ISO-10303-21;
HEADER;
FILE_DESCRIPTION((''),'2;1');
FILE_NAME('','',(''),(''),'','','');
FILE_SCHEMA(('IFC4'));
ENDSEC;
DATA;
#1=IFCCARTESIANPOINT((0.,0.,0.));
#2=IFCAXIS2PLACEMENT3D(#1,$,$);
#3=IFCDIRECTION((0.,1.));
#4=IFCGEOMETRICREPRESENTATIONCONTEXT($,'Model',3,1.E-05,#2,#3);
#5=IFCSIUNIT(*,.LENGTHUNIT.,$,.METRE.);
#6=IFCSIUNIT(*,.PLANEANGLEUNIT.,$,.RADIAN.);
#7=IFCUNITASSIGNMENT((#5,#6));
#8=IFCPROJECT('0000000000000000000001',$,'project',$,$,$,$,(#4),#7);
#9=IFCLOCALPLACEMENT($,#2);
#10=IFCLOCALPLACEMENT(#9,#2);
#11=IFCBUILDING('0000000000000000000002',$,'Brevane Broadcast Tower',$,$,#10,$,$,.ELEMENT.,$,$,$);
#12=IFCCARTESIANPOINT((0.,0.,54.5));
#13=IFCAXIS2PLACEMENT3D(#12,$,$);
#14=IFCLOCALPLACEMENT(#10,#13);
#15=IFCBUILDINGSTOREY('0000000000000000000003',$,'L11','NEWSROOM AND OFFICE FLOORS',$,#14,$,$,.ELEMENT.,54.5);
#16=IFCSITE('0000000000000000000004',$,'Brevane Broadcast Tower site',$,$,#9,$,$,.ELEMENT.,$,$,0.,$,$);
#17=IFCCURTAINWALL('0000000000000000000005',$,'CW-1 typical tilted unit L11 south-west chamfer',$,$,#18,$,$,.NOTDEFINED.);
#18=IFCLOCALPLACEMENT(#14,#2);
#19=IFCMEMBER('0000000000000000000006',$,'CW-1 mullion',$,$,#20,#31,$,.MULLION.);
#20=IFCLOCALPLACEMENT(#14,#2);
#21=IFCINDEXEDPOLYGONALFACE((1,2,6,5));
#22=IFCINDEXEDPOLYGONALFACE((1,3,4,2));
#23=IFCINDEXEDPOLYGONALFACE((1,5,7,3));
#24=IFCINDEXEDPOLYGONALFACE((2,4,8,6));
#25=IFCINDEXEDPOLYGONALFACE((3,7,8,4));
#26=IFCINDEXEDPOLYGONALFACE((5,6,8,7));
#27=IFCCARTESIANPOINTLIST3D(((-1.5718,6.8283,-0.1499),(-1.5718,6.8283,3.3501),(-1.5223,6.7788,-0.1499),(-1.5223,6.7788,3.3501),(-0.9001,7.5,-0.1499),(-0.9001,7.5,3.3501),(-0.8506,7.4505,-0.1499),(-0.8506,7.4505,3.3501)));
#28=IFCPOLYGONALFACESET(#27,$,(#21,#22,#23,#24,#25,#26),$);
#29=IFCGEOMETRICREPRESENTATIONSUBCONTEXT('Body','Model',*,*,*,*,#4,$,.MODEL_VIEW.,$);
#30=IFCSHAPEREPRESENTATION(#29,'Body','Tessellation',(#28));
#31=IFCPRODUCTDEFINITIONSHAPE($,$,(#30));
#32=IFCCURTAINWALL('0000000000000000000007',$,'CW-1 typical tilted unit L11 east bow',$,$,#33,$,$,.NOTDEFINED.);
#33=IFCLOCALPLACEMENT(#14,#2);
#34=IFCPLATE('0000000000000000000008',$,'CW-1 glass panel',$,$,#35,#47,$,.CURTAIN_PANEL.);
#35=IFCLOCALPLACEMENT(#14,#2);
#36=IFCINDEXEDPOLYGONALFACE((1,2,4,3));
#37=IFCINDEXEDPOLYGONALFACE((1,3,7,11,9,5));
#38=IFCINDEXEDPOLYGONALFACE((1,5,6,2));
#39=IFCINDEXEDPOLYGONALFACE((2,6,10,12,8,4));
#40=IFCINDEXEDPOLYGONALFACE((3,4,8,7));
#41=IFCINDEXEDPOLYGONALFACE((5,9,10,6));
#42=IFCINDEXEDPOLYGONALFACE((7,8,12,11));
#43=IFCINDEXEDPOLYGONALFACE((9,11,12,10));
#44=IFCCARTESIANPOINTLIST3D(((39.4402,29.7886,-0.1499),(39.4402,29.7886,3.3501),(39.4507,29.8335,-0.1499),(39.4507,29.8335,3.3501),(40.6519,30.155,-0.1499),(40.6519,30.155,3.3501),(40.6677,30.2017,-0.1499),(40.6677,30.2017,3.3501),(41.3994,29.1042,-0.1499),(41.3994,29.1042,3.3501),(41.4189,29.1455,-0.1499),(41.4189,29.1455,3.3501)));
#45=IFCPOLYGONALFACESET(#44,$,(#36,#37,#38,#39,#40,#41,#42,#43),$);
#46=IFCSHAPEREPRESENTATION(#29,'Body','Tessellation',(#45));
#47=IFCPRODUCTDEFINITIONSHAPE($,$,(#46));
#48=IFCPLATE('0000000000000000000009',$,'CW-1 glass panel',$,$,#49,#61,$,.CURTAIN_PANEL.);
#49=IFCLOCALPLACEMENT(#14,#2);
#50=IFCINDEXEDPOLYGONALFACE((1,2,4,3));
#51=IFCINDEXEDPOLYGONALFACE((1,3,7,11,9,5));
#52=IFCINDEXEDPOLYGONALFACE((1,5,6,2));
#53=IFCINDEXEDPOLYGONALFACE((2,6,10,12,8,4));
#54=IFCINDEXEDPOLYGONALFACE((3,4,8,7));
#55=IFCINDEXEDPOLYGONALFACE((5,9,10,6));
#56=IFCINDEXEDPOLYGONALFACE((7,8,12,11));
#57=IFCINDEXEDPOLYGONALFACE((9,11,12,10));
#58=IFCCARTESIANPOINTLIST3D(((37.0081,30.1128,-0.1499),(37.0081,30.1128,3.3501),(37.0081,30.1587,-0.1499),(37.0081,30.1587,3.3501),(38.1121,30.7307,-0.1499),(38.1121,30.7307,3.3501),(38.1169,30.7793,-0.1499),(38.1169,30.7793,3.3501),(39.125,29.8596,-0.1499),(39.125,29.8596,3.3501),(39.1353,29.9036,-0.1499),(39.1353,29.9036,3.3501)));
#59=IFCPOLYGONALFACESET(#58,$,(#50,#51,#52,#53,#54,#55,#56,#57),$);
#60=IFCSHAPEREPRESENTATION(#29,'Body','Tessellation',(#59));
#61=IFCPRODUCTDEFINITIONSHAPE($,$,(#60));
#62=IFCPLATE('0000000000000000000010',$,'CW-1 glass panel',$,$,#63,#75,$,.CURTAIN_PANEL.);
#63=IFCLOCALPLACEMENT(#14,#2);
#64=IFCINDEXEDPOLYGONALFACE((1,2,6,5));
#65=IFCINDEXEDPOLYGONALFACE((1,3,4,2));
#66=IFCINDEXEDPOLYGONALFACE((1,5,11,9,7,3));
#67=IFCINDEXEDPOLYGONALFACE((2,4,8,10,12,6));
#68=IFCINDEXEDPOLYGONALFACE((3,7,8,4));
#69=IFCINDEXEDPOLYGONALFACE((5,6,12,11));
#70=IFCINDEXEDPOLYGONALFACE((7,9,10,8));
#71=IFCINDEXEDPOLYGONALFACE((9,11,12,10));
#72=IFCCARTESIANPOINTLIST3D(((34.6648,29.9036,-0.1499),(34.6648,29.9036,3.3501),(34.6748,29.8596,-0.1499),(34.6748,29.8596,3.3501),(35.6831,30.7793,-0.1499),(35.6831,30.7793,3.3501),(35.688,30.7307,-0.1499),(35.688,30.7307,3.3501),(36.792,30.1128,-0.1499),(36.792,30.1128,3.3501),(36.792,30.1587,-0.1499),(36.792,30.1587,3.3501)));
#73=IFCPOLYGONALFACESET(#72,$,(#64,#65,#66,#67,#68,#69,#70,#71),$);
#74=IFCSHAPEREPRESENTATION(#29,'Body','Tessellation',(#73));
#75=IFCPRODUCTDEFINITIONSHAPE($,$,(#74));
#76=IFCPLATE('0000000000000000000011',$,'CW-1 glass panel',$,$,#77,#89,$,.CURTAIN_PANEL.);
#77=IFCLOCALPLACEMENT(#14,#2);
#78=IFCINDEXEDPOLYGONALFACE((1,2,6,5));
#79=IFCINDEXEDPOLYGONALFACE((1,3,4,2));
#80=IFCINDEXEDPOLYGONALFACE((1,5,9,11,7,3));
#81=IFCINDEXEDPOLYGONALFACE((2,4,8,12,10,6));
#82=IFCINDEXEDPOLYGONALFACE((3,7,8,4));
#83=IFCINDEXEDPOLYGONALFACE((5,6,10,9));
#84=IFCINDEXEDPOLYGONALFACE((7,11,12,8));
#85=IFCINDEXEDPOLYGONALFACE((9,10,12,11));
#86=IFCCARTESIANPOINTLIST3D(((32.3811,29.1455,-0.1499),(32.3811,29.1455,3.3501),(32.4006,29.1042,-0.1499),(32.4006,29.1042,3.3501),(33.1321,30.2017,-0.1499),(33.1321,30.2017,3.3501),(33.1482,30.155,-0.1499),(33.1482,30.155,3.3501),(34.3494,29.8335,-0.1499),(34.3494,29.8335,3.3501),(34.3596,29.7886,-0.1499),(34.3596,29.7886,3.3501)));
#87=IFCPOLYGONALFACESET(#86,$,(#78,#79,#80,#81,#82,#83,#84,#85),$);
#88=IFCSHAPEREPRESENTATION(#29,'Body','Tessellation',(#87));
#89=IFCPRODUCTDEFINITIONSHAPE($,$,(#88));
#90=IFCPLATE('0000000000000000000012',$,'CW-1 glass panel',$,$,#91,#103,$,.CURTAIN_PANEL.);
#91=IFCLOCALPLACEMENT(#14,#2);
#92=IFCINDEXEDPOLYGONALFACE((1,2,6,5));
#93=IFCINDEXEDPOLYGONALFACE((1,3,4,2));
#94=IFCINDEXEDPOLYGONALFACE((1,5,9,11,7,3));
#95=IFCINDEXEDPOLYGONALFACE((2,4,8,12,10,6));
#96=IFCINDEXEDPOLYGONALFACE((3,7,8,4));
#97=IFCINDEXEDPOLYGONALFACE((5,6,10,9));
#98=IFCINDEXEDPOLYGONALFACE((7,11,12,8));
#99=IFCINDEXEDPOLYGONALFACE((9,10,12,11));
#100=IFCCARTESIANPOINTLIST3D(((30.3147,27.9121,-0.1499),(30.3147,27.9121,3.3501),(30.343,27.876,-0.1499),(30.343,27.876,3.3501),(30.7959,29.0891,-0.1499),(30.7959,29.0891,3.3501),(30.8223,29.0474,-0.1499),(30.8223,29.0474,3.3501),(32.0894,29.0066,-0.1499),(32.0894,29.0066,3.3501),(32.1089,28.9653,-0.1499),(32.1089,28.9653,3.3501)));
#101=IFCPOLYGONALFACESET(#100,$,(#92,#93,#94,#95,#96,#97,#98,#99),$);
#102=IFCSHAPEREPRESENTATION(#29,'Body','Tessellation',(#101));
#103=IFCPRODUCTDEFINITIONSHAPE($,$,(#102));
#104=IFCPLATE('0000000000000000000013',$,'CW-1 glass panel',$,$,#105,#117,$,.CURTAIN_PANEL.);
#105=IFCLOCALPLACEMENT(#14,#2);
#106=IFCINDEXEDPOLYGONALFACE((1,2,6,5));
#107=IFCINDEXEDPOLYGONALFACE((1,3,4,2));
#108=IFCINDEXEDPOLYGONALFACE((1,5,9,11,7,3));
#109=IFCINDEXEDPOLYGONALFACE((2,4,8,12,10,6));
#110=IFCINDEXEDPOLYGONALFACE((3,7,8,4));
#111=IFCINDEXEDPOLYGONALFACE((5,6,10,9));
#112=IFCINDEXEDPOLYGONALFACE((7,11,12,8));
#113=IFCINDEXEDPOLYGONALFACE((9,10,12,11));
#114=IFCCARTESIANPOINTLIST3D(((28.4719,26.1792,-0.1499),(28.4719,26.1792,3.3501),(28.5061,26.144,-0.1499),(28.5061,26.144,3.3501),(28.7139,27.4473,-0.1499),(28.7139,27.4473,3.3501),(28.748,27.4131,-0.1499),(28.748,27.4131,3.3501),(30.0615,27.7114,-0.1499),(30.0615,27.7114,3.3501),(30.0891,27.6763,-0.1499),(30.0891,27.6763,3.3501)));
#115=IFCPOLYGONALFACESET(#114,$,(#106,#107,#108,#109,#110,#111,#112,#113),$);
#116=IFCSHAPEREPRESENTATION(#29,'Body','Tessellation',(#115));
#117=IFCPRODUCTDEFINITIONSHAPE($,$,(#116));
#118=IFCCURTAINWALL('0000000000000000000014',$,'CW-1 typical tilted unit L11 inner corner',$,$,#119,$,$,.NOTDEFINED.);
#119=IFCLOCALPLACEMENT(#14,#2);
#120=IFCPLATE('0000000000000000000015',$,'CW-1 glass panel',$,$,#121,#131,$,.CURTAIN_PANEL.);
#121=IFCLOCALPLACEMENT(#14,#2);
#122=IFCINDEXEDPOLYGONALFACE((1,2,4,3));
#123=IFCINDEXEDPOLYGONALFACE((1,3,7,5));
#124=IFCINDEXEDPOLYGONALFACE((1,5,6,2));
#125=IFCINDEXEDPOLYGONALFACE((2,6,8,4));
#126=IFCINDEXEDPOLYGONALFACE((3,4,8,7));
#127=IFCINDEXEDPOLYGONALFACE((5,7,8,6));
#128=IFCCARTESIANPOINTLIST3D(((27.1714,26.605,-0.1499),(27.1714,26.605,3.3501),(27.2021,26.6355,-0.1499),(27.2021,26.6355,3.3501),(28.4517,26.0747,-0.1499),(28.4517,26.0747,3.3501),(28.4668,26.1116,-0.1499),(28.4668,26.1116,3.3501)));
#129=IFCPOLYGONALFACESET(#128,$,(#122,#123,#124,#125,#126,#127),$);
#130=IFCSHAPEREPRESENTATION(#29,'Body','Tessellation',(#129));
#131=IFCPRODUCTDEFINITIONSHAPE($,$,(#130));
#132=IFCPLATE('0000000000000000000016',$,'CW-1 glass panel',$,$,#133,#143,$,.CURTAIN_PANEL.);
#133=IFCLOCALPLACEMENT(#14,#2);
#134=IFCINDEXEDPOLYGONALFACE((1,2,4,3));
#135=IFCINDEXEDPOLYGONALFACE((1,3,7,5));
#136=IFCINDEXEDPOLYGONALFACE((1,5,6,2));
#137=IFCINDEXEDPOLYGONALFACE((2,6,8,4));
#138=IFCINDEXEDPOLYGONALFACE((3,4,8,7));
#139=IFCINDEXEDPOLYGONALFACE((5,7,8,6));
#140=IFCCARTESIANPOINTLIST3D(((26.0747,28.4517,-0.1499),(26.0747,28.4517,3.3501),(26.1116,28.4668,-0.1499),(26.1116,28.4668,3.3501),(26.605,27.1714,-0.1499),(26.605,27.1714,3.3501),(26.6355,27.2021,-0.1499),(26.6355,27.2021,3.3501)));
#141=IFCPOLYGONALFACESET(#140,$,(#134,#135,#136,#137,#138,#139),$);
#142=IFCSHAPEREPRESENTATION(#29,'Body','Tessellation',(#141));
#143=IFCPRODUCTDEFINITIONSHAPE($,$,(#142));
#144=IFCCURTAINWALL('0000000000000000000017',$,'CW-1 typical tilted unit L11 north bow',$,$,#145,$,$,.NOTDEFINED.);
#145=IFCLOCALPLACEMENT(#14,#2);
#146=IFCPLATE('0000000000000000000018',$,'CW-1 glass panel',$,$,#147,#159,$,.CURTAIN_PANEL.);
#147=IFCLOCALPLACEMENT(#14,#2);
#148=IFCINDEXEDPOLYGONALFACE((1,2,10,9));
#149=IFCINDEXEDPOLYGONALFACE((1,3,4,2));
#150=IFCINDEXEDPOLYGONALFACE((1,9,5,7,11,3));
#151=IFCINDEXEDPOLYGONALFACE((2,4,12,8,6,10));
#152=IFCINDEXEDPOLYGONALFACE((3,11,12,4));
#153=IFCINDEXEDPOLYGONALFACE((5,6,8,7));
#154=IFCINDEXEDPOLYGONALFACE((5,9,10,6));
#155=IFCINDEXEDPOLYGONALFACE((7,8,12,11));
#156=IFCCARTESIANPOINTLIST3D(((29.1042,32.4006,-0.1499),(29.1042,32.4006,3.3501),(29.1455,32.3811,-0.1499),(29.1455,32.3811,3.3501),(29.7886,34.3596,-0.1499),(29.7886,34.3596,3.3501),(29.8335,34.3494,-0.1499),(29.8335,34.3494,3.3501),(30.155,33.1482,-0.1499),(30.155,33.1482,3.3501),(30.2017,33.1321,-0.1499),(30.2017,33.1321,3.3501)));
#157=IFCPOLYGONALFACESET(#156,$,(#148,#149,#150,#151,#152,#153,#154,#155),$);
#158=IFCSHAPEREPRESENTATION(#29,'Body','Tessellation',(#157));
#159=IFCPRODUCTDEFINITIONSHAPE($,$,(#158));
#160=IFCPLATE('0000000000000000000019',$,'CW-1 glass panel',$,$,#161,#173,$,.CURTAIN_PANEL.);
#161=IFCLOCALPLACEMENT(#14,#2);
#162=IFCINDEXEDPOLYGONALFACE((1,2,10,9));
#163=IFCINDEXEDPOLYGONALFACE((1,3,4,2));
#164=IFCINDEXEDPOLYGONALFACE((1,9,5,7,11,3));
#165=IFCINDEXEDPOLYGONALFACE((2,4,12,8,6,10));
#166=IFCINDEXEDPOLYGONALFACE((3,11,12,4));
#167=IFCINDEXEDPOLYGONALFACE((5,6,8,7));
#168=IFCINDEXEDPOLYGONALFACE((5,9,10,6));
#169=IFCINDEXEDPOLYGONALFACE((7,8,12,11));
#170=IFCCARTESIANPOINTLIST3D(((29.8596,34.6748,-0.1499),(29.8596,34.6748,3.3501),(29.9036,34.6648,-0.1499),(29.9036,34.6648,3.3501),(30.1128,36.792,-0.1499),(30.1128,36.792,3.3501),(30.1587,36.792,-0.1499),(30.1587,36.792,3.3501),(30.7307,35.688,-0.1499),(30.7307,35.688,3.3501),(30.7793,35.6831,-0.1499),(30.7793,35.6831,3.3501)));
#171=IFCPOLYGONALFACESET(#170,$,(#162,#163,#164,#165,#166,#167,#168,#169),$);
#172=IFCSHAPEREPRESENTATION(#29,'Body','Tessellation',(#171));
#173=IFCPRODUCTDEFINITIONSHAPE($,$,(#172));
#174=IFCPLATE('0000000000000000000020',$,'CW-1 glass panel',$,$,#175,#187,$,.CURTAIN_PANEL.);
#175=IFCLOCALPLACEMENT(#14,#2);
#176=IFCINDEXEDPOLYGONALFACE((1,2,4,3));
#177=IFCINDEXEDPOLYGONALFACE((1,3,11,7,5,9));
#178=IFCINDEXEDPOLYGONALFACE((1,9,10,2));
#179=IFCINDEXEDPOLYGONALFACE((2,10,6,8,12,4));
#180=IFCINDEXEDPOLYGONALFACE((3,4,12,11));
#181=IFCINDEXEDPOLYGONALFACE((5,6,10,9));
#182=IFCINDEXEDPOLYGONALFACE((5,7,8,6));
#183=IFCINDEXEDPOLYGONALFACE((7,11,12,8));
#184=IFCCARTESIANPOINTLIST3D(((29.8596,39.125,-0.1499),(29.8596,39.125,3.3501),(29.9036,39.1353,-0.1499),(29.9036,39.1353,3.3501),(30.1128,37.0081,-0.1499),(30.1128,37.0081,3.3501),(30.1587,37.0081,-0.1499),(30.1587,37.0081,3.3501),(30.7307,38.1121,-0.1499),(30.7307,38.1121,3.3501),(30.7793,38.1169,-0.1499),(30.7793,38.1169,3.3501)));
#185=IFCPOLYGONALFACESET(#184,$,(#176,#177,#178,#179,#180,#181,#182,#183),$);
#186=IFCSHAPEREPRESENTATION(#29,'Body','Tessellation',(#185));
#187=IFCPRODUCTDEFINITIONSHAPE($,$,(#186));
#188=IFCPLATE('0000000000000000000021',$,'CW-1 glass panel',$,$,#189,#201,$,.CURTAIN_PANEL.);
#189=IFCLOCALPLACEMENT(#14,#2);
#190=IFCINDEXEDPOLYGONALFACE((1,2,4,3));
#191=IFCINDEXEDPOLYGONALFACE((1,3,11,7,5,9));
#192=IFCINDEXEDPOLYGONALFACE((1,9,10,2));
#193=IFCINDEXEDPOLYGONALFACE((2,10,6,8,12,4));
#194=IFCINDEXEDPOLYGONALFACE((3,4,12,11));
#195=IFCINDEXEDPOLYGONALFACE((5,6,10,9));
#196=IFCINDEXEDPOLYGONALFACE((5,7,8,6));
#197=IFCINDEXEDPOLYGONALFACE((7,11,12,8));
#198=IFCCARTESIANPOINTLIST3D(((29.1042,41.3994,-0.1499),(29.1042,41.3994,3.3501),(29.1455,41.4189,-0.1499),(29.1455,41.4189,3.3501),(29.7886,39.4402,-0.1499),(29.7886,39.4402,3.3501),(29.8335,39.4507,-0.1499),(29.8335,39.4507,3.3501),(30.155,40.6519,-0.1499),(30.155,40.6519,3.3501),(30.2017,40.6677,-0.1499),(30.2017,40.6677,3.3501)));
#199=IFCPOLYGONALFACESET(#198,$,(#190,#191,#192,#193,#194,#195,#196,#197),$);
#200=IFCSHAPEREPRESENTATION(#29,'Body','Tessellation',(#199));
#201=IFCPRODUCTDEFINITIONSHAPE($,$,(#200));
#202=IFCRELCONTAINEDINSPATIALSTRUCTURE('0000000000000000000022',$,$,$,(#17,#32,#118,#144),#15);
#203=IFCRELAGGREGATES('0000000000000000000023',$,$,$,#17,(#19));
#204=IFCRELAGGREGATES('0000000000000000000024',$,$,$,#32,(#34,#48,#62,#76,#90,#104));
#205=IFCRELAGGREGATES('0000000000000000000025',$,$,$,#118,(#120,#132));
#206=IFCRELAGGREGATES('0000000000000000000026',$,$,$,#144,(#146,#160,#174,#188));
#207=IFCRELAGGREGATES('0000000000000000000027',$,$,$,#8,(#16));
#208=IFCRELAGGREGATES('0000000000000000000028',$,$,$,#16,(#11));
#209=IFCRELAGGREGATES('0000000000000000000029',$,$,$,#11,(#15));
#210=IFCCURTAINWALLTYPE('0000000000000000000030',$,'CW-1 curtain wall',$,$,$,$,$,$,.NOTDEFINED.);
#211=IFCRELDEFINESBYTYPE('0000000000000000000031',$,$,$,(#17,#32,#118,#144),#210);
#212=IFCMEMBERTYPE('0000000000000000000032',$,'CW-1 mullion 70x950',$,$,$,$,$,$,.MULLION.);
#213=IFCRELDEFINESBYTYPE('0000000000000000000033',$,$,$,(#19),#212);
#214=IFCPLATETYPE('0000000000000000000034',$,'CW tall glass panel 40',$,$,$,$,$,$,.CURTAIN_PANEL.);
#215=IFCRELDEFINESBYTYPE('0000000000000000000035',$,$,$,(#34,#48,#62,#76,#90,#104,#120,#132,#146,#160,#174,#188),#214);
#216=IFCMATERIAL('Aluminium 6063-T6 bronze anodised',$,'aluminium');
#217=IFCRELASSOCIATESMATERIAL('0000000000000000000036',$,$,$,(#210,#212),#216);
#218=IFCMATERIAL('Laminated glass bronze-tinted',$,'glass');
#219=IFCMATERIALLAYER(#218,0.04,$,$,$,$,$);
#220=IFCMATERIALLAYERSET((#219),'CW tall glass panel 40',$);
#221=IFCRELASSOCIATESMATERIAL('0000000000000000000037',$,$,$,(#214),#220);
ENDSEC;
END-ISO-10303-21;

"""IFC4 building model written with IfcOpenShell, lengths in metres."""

from ifc_helpers import new_model, si_unit, direction, frame, origin, origin_2d, place, context, subcontext, project, spatial, polyline, rectangle, outline, extrude, material, layer, layer_set, material_profile, profile_set, type_object, element, aggregate, save


model = new_model("IFC4")

# Units and contexts
model_context = context("Model", 3, precision=1e-05, world=origin(), true_north=direction((0.0, 1.0)))
body_context = subcontext(model_context, "Body", "Model", "MODEL_VIEW")
ifc_project = project(units=[si_unit("LENGTHUNIT", "METRE"), si_unit("PLANEANGLEUNIT", "RADIAN")], contexts=[model_context])

# Site, building, storey
site_placement = place(None, origin())
site = spatial("IfcSite", under=ifc_project, at=site_placement, Name="Brevane Broadcast Tower site", CompositionType="ELEMENT", RefElevation=0.0)
building_placement = place(site_placement, origin())
building = spatial("IfcBuilding", under=site, at=building_placement, Name="Brevane Broadcast Tower", CompositionType="ELEMENT")
storey_placement = place(building_placement, frame((0.0, 0.0, 54.5)))
storey = spatial("IfcBuildingStorey", under=building, at=storey_placement, Name="L11", Description="NEWSROOM AND OFFICE FLOORS", CompositionType="ELEMENT", Elevation=54.5)

# Curtain wall, member
ifc_material_1 = material(Name="Aluminium 6063-T6 bronze anodised", Category="aluminium")
curtain_wall_type = type_object("IfcCurtainWallType", Name="CW-1 curtain wall", PredefinedType="NOTDEFINED", material=ifc_material_1)
curtain_wall_1_placement = place(storey_placement, origin())
curtain_wall_1 = element("IfcCurtainWall", 1, at=curtain_wall_1_placement, inside=storey, type_object=curtain_wall_type, Name="CW-1 typical tilted unit L11 south-west chamfer", PredefinedType="NOTDEFINED")
ifc_material_profile = material_profile(ifc_material_1, rectangle(XDim=0.95, YDim=0.0701, at=origin_2d()), Name="RECT 70x950")
ifc_profile_set = profile_set([ifc_material_profile], Name="Aluminium 6063-T6 bronze anodised")
member_type = type_object("IfcMemberType", Name="CW-1 mullion 70x950", PredefinedType="MULLION", material=ifc_profile_set)
member_placement = place(storey_placement, frame((-1.2112, 7.1394, -0.1499), z_axis=(0.0, 0.0, 1.0), x_axis=(0.707107, 0.707107, 0.0)))
member = element("IfcMember", 2, at=member_placement, type_object=member_type, Name="CW-1 mullion", PredefinedType="MULLION", context=body_context, shape_type="SweptSolid", body=[
    extrude(rectangle(XDim=0.95, YDim=0.0701, at=origin_2d()), origin(), (0.0, 0.0, 1.0), 3.5),
])
aggregate(curtain_wall_1, [member])

# Curtain walls, plates
curtain_wall_2_placement = place(storey_placement, origin())
curtain_wall_2 = element("IfcCurtainWall", 3, at=curtain_wall_2_placement, inside=storey, type_object=curtain_wall_type, Name="CW-1 typical tilted unit L11 east bow", PredefinedType="NOTDEFINED")
ifc_material_2 = material(Name="Laminated glass bronze-tinted", Category="glass")
ifc_layer_1 = layer(ifc_material_2, 0.04)
ifc_layer_set_1 = layer_set([ifc_layer_1], Name="CW tall glass panel 40")
plate_type = type_object("IfcPlateType", Name="CW tall glass panel 40", PredefinedType="CURTAIN_PANEL", material=ifc_layer_set_1)
plate_1_placement = place(storey_placement, frame((0.0, 0.0, -0.1499)))
plate_1 = element("IfcPlate", 4, at=plate_1_placement, type_object=plate_type, Name="CW-1 glass panel", PredefinedType="CURTAIN_PANEL", context=body_context, shape_type="SweptSolid", body=[
    extrude(outline(polyline([(41.3994, 29.1042), (41.4189, 29.1455), (40.6677, 30.2017), (39.4507, 29.8335), (39.4402, 29.7886), (40.6519, 30.155), (41.3994, 29.1042)])), origin(), (0.0, 0.0, 1.0), 3.5),
])
plate_2_placement = place(storey_placement, frame((0.0, 0.0, -0.1499)))
plate_2 = element("IfcPlate", 5, at=plate_2_placement, type_object=plate_type, Name="CW-1 glass panel", PredefinedType="CURTAIN_PANEL", context=body_context, shape_type="SweptSolid", body=[
    extrude(outline(polyline([(39.125, 29.8596), (39.1353, 29.9036), (38.1169, 30.7793), (37.0081, 30.1587), (37.0081, 30.1128), (38.1121, 30.7307), (39.125, 29.8596)])), origin(), (0.0, 0.0, 1.0), 3.5),
])
plate_3_placement = place(storey_placement, frame((0.0, 0.0, -0.1499)))
plate_3 = element("IfcPlate", 6, at=plate_3_placement, type_object=plate_type, Name="CW-1 glass panel", PredefinedType="CURTAIN_PANEL", context=body_context, shape_type="SweptSolid", body=[
    extrude(outline(polyline([(36.792, 30.1128), (36.792, 30.1587), (35.6831, 30.7793), (34.6648, 29.9036), (34.6748, 29.8596), (35.688, 30.7307), (36.792, 30.1128)])), origin(), (0.0, 0.0, 1.0), 3.5),
])
plate_4_placement = place(storey_placement, frame((0.0, 0.0, -0.1499)))
plate_4 = element("IfcPlate", 7, at=plate_4_placement, type_object=plate_type, Name="CW-1 glass panel", PredefinedType="CURTAIN_PANEL", context=body_context, shape_type="SweptSolid", body=[
    extrude(outline(polyline([(34.3596, 29.7886), (34.3494, 29.8335), (33.1321, 30.2017), (32.3811, 29.1455), (32.4006, 29.1042), (33.1482, 30.155), (34.3596, 29.7886)])), origin(), (0.0, 0.0, 1.0), 3.5),
])
plate_5_placement = place(storey_placement, frame((0.0, 0.0, -0.1499)))
plate_5 = element("IfcPlate", 8, at=plate_5_placement, type_object=plate_type, Name="CW-1 glass panel", PredefinedType="CURTAIN_PANEL", context=body_context, shape_type="SweptSolid", body=[
    extrude(outline(polyline([(32.1089, 28.9653), (32.0894, 29.0066), (30.7959, 29.0891), (30.3147, 27.9121), (30.343, 27.876), (30.8223, 29.0474), (32.1089, 28.9653)])), origin(), (0.0, 0.0, 1.0), 3.5),
])
plate_6_placement = place(storey_placement, frame((0.0, 0.0, -0.1499)))
plate_6 = element("IfcPlate", 9, at=plate_6_placement, type_object=plate_type, Name="CW-1 glass panel", PredefinedType="CURTAIN_PANEL", context=body_context, shape_type="SweptSolid", body=[
    extrude(outline(polyline([(30.0891, 27.6763), (30.0615, 27.7114), (28.7139, 27.4473), (28.4719, 26.1792), (28.5061, 26.144), (28.748, 27.4131), (30.0891, 27.6763)])), origin(), (0.0, 0.0, 1.0), 3.5),
])
aggregate(curtain_wall_2, [plate_1, plate_2, plate_3, plate_4, plate_5, plate_6])
curtain_wall_3_placement = place(storey_placement, origin())
curtain_wall_3 = element("IfcCurtainWall", 10, at=curtain_wall_3_placement, inside=storey, type_object=curtain_wall_type, Name="CW-1 typical tilted unit L11 inner corner", PredefinedType="NOTDEFINED")
plate_7_placement = place(storey_placement, frame((0.0, 0.0, -0.1499)))
plate_7 = element("IfcPlate", 11, at=plate_7_placement, type_object=plate_type, Name="CW-1 glass panel", PredefinedType="CURTAIN_PANEL", context=body_context, shape_type="SweptSolid", body=[
    extrude(outline(polyline([(28.4517, 26.0747), (28.4668, 26.1116), (27.2021, 26.6355), (27.1714, 26.605), (28.4517, 26.0747)])), origin(), (0.0, 0.0, 1.0), 3.5),
])
plate_8_placement = place(storey_placement, frame((0.0, 0.0, -0.1499)))
plate_8 = element("IfcPlate", 12, at=plate_8_placement, type_object=plate_type, Name="CW-1 glass panel", PredefinedType="CURTAIN_PANEL", context=body_context, shape_type="SweptSolid", body=[
    extrude(outline(polyline([(26.605, 27.1714), (26.6355, 27.2021), (26.1116, 28.4668), (26.0747, 28.4517), (26.605, 27.1714)])), origin(), (0.0, 0.0, 1.0), 3.5),
])
aggregate(curtain_wall_3, [plate_7, plate_8])
curtain_wall_4_placement = place(storey_placement, origin())
curtain_wall_4 = element("IfcCurtainWall", 13, at=curtain_wall_4_placement, inside=storey, type_object=curtain_wall_type, Name="CW-1 typical tilted unit L11 north bow", PredefinedType="NOTDEFINED")
plate_9_placement = place(storey_placement, frame((0.0, 0.0, -0.1499)))
plate_9 = element("IfcPlate", 14, at=plate_9_placement, type_object=plate_type, Name="CW-1 glass panel", PredefinedType="CURTAIN_PANEL", context=body_context, shape_type="SweptSolid", body=[
    extrude(outline(polyline([(29.1042, 32.4006), (29.1455, 32.3811), (30.2017, 33.1321), (29.8335, 34.3494), (29.7886, 34.3596), (30.155, 33.1482), (29.1042, 32.4006)])), origin(), (0.0, 0.0, 1.0), 3.5),
])
plate_10_placement = place(storey_placement, frame((0.0, 0.0, -0.1499)))
plate_10 = element("IfcPlate", 15, at=plate_10_placement, type_object=plate_type, Name="CW-1 glass panel", PredefinedType="CURTAIN_PANEL", context=body_context, shape_type="SweptSolid", body=[
    extrude(outline(polyline([(29.8596, 34.6748), (29.9036, 34.6648), (30.7793, 35.6831), (30.1587, 36.792), (30.1128, 36.792), (30.7307, 35.688), (29.8596, 34.6748)])), origin(), (0.0, 0.0, 1.0), 3.5),
])
plate_11_placement = place(storey_placement, frame((0.0, 0.0, -0.1499)))
plate_11 = element("IfcPlate", 16, at=plate_11_placement, type_object=plate_type, Name="CW-1 glass panel", PredefinedType="CURTAIN_PANEL", context=body_context, shape_type="SweptSolid", body=[
    extrude(outline(polyline([(30.1128, 37.0081), (30.1587, 37.0081), (30.7793, 38.1169), (29.9036, 39.1353), (29.8596, 39.125), (30.7307, 38.1121), (30.1128, 37.0081)])), origin(), (0.0, 0.0, 1.0), 3.5),
])
plate_12_placement = place(storey_placement, frame((0.0, 0.0, -0.1499)))
plate_12 = element("IfcPlate", 17, at=plate_12_placement, type_object=plate_type, Name="CW-1 glass panel", PredefinedType="CURTAIN_PANEL", context=body_context, shape_type="SweptSolid", body=[
    extrude(outline(polyline([(29.7886, 39.4402), (29.8335, 39.4507), (30.2017, 40.6677), (29.1455, 41.4189), (29.1042, 41.3994), (30.155, 40.6519), (29.7886, 39.4402)])), origin(), (0.0, 0.0, 1.0), 3.5),
])

aggregate(curtain_wall_4, [plate_9, plate_10, plate_11, plate_12])

save(model, "model.ifc")
